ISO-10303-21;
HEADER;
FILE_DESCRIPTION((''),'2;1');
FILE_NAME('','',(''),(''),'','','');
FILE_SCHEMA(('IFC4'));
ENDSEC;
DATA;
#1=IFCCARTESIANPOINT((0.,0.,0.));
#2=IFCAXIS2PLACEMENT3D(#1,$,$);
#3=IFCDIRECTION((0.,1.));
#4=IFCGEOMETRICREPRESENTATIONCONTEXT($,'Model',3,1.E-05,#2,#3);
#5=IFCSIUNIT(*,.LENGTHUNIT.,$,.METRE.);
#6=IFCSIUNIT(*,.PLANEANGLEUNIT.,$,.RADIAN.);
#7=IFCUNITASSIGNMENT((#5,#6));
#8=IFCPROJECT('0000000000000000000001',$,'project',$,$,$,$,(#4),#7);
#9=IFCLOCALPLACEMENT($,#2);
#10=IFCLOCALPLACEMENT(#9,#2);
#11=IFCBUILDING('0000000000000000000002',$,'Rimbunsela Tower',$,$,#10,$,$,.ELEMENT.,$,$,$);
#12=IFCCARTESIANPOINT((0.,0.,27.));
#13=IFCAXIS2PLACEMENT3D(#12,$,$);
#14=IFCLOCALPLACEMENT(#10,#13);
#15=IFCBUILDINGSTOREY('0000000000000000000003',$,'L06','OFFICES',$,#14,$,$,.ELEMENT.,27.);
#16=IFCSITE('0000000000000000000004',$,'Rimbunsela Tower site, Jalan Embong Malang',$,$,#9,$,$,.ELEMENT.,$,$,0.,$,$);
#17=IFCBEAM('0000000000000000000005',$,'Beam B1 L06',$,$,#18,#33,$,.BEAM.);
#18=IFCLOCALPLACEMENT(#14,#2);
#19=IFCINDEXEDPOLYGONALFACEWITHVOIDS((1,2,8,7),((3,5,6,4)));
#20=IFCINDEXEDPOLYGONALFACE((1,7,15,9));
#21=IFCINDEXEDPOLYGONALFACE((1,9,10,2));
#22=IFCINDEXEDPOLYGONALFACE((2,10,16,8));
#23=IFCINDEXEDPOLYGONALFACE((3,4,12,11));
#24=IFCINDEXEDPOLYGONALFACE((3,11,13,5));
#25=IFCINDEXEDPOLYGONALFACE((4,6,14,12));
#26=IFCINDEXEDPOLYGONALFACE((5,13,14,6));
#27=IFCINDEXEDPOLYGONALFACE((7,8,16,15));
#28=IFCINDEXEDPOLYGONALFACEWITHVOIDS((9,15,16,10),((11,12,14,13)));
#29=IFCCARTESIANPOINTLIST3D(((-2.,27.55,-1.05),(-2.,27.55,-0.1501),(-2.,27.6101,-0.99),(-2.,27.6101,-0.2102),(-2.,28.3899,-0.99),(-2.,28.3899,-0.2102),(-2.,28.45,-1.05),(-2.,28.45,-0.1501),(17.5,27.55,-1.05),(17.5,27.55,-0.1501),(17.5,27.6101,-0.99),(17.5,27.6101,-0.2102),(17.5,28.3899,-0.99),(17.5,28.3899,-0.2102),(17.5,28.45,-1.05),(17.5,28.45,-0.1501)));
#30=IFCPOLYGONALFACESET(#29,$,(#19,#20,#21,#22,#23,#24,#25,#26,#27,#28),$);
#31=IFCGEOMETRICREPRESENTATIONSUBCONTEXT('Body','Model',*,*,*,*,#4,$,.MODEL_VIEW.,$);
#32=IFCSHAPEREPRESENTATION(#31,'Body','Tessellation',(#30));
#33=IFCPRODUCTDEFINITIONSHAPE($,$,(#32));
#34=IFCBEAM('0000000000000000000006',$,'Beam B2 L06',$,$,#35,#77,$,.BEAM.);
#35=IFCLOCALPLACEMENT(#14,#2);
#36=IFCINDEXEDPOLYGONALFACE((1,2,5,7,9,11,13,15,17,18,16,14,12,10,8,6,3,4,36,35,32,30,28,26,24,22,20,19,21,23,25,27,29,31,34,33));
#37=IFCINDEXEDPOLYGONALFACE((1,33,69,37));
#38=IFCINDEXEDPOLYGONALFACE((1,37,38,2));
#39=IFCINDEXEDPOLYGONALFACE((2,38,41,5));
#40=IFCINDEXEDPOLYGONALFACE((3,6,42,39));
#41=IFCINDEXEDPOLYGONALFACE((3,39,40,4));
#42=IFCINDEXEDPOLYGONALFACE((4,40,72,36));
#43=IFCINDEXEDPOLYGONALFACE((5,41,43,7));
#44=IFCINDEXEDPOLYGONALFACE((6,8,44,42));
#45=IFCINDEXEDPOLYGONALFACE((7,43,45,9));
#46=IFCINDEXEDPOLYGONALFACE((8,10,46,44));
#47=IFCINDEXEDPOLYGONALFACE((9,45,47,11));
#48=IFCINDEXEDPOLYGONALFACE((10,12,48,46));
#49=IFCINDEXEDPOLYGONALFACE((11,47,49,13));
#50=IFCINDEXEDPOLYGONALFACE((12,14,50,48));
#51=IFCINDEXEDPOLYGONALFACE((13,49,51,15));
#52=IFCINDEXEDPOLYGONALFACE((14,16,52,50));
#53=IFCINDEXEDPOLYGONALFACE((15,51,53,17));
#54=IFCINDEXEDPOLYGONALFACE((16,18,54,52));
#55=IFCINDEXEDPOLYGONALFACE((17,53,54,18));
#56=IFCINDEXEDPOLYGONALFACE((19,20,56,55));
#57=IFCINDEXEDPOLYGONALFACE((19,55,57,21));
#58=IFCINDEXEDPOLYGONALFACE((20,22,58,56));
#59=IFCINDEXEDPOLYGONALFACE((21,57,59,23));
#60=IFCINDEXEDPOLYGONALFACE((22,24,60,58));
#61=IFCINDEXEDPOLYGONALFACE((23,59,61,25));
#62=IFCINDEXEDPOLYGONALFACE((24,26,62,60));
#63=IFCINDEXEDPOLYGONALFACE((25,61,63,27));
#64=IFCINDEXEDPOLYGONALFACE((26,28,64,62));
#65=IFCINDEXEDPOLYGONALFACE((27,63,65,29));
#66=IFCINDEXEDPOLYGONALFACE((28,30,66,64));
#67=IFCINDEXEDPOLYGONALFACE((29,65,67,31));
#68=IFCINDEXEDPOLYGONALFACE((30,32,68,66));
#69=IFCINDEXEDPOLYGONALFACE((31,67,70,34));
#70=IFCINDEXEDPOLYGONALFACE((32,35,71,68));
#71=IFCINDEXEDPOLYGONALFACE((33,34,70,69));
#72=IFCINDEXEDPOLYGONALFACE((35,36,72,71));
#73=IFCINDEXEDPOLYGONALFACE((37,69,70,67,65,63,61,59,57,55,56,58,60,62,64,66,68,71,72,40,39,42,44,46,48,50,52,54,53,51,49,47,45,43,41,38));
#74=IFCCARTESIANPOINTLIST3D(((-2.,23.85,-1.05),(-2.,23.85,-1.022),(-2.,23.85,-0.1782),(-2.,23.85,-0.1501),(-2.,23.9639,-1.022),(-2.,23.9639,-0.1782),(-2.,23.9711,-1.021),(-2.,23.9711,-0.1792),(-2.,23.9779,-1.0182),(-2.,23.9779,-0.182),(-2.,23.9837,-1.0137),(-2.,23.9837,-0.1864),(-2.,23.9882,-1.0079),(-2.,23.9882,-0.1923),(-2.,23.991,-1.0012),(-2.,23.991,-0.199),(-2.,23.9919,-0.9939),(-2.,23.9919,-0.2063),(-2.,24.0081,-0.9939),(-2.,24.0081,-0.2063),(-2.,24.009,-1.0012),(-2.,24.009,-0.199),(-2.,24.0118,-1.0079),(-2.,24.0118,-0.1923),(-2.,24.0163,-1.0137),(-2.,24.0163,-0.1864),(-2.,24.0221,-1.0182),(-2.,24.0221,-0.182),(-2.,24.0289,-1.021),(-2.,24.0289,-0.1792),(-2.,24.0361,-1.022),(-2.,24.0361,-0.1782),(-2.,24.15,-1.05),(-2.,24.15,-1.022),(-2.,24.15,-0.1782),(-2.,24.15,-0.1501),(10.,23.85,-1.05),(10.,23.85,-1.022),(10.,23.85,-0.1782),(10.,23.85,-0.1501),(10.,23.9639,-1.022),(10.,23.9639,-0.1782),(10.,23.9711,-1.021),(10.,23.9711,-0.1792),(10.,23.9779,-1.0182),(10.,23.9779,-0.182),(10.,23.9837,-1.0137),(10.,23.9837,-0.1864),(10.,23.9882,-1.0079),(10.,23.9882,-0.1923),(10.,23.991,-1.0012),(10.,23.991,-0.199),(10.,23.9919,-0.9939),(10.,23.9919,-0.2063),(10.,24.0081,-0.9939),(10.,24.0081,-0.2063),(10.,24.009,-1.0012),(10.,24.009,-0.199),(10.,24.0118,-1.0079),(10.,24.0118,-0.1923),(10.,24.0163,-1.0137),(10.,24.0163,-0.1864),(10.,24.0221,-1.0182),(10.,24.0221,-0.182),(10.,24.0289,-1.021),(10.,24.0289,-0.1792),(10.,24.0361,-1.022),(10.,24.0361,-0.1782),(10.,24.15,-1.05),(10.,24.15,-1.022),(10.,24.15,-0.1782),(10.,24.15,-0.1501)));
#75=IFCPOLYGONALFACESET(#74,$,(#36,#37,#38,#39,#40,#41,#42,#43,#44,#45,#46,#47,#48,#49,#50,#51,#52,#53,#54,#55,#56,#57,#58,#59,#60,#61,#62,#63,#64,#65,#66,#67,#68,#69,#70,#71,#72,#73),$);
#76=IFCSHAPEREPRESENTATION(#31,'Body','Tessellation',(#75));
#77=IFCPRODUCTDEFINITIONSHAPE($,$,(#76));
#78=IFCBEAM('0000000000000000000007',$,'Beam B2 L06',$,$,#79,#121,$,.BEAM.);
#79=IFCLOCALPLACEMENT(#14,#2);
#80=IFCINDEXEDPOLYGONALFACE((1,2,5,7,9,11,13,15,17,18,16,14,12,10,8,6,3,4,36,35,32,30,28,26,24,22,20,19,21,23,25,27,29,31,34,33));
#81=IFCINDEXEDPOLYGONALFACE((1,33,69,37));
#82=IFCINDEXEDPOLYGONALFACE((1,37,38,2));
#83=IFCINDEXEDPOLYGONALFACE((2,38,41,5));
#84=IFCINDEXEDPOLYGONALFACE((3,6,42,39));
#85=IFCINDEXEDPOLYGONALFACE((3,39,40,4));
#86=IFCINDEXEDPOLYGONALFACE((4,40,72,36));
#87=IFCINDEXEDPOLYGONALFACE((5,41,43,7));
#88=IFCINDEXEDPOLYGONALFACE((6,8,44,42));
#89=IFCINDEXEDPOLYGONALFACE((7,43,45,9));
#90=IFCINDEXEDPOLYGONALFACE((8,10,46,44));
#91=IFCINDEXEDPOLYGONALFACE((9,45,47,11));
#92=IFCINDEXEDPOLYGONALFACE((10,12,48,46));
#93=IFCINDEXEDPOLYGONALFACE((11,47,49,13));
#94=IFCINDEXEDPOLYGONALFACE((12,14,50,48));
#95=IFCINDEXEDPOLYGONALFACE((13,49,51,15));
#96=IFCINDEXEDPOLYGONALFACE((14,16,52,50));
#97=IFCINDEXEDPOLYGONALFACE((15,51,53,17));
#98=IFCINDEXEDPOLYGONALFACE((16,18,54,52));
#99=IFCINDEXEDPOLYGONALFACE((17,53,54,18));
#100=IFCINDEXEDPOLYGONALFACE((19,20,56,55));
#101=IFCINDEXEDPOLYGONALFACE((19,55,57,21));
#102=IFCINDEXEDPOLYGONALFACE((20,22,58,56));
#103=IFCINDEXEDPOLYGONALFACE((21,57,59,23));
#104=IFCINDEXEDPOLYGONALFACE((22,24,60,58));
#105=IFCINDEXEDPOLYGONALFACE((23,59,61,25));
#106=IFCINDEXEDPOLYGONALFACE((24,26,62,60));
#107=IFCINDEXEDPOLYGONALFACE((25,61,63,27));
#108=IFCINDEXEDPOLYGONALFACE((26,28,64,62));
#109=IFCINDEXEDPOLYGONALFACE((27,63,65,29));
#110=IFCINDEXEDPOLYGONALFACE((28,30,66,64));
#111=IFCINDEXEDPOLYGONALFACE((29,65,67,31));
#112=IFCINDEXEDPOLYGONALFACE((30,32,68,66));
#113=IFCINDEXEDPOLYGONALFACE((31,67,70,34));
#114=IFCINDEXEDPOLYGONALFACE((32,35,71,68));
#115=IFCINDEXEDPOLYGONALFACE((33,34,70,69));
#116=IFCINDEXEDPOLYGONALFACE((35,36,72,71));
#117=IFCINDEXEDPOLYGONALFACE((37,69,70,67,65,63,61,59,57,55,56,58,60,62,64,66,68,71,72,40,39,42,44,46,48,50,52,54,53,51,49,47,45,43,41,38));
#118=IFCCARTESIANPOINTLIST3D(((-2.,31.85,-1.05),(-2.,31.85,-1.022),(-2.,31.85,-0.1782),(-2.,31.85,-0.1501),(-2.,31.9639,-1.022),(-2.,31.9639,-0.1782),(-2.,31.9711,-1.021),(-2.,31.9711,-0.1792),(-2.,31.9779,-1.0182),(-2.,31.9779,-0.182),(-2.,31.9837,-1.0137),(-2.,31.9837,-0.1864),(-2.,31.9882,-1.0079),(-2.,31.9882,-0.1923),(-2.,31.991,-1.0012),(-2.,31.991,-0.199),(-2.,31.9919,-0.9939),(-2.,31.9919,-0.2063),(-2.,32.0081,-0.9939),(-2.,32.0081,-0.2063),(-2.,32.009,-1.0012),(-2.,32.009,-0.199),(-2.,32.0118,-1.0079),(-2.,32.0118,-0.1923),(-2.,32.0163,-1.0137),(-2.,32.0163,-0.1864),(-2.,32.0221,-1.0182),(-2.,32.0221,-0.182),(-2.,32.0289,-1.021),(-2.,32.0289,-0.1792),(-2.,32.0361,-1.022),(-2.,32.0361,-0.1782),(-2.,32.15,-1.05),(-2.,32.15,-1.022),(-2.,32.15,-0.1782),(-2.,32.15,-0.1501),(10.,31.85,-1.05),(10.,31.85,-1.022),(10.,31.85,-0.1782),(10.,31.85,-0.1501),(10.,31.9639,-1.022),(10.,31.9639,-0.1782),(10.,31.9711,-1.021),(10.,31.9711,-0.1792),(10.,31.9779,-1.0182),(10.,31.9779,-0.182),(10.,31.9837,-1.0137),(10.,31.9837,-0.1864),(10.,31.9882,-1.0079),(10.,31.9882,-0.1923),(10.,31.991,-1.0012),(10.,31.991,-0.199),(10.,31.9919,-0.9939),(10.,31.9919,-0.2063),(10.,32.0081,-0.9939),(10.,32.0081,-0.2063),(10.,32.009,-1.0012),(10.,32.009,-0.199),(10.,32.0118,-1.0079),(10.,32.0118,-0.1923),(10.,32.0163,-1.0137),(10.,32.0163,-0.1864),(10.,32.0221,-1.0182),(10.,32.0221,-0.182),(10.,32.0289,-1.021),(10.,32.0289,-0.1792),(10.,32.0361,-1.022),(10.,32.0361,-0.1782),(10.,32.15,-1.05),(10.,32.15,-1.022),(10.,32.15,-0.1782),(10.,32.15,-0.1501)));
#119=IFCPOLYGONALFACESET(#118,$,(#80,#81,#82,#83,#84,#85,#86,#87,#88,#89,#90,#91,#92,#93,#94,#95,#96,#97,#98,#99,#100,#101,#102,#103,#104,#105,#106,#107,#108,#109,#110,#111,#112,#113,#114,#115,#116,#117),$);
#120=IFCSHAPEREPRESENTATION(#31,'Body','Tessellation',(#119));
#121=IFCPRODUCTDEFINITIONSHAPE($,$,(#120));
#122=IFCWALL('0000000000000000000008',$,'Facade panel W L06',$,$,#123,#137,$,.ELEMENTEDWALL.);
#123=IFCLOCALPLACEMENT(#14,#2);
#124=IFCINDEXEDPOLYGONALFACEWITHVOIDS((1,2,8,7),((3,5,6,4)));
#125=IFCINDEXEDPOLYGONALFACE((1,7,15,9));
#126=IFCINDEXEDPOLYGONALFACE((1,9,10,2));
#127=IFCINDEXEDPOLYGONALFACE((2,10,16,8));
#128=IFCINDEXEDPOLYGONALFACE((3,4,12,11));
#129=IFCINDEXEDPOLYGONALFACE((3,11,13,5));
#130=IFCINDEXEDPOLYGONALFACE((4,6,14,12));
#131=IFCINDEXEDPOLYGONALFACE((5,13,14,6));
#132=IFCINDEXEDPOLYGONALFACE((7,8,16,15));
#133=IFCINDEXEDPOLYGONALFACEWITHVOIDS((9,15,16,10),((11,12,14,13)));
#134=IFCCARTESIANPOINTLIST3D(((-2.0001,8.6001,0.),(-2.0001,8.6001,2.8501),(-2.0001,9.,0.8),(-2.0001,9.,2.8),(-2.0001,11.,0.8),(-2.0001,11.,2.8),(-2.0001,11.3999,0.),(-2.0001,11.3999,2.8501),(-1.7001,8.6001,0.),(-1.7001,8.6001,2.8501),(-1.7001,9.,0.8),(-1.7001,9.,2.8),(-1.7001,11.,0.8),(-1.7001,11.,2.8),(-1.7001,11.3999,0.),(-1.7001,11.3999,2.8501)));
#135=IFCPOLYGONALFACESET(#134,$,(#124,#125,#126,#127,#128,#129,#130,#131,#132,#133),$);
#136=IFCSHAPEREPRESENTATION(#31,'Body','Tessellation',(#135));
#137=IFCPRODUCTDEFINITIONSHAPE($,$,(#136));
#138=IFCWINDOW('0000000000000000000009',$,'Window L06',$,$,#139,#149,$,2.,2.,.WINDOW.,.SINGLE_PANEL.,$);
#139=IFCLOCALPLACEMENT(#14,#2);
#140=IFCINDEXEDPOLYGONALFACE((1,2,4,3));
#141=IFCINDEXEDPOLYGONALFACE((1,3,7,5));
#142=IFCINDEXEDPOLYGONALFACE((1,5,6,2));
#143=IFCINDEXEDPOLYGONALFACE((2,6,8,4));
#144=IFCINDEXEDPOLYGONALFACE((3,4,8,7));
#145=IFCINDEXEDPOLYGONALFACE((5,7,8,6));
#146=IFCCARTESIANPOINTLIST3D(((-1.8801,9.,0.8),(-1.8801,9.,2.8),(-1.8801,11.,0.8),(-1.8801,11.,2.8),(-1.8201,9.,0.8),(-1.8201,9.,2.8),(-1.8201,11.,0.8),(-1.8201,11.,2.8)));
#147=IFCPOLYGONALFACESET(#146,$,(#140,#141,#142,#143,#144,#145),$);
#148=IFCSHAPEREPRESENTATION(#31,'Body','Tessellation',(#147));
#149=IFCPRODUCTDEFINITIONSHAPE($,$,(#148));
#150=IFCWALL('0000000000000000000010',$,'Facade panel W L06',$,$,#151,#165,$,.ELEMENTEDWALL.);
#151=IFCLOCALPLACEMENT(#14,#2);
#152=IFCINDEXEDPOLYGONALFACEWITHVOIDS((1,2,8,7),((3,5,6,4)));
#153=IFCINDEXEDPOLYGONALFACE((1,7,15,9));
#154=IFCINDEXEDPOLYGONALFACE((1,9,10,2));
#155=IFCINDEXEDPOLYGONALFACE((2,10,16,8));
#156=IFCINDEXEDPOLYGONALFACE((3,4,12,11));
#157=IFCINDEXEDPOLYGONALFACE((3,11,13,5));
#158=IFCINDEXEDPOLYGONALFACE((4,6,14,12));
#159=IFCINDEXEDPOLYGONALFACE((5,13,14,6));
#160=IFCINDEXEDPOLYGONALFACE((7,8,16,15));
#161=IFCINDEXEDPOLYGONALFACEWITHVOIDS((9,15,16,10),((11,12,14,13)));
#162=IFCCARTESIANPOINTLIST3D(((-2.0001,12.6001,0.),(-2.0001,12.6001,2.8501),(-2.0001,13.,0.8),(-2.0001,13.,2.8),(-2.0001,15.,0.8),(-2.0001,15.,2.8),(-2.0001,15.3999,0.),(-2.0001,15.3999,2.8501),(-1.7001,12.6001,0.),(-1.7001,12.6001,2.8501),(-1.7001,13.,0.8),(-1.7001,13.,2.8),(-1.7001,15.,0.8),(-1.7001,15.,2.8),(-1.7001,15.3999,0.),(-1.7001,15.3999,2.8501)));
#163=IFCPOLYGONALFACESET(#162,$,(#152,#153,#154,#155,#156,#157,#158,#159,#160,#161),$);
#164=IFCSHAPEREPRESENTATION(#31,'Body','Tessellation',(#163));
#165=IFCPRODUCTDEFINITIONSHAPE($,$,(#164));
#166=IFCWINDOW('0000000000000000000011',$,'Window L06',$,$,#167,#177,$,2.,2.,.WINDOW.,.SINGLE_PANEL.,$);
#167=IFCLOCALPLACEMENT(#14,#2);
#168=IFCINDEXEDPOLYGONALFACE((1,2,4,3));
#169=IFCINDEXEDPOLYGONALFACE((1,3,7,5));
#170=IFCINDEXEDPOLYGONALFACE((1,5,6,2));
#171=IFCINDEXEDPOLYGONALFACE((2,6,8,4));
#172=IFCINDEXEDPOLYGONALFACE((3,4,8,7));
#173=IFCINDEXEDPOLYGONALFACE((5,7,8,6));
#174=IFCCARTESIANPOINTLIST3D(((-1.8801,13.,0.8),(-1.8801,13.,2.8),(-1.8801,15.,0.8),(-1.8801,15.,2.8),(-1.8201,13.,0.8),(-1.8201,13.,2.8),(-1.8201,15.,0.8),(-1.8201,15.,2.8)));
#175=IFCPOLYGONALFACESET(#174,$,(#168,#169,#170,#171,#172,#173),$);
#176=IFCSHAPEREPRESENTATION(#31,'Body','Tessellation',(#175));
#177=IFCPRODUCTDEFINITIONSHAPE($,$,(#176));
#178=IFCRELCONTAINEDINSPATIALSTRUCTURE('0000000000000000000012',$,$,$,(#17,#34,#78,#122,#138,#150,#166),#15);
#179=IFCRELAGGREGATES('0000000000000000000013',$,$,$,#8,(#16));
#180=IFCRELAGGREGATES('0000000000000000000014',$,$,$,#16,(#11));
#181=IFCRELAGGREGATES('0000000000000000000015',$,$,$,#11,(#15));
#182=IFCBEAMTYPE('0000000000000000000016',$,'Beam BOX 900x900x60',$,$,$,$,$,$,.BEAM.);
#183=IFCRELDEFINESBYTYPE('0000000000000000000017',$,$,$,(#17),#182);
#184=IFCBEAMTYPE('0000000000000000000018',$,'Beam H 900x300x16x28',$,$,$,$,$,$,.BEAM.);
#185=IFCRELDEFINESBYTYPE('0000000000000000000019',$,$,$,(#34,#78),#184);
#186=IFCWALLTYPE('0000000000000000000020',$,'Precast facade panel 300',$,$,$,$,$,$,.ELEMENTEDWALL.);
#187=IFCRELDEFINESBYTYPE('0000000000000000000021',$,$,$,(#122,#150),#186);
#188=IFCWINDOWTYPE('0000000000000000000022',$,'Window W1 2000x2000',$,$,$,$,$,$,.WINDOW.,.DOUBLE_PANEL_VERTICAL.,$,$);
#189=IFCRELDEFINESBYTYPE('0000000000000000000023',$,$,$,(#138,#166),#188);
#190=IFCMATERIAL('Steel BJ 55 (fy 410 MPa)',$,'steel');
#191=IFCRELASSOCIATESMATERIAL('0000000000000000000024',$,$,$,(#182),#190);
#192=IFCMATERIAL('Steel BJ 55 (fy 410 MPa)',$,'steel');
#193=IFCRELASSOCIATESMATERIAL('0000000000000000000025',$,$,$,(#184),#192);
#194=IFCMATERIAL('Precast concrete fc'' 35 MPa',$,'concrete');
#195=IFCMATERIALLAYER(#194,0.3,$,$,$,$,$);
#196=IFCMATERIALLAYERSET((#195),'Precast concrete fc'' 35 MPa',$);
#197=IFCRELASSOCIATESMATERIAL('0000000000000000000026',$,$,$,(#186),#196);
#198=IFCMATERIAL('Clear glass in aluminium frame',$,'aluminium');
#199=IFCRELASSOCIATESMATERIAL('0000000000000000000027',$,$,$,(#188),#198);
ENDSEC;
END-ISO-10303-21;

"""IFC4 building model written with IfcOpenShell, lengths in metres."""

from ifc_helpers import new_model, si_unit, direction, frame, frame_2d, origin, origin_2d, place, context, subcontext, project, spatial, rectangle, hollow_rectangle, i_section, extrude, material, layer, layer_set, material_profile, profile_set, type_object, element, fill, save


model = new_model("IFC4")

# Units and contexts
model_context = context("Model", 3, precision=1e-05, world=origin(), true_north=direction((0.0, 1.0)))
body_context = subcontext(model_context, "Body", "Model", "MODEL_VIEW")
ifc_project = project(units=[si_unit("LENGTHUNIT", "METRE"), si_unit("PLANEANGLEUNIT", "RADIAN")], contexts=[model_context])

# Site, building, storey
site_placement = place(None, origin())
site = spatial("IfcSite", under=ifc_project, at=site_placement, Name="Rimbunsela Tower site, Jalan Embong Malang", CompositionType="ELEMENT", RefElevation=0.0)
building_placement = place(site_placement, origin())
building = spatial("IfcBuilding", under=site, at=building_placement, Name="Rimbunsela Tower", CompositionType="ELEMENT")
storey_placement = place(building_placement, frame((0.0, 0.0, 27.0)))
storey = spatial("IfcBuildingStorey", under=building, at=storey_placement, Name="L06", Description="OFFICES", CompositionType="ELEMENT", Elevation=27.0)

# Beams
ifc_material_1 = material(Name="Steel BJ 55 (fy 410 MPa)", Category="steel")
ifc_material_profile_1 = material_profile(ifc_material_1, hollow_rectangle(XDim=0.8999, YDim=0.8999, WallThickness=0.0601, at=origin_2d()), Name="BOX 900x900x60")
ifc_profile_set_1 = profile_set([ifc_material_profile_1], Name="Steel BJ 55 (fy 410 MPa)")
beam_type_1 = type_object("IfcBeamType", Name="Beam BOX 900x900x60", PredefinedType="BEAM", material=ifc_profile_set_1)
beam_1_placement = place(storey_placement, frame((-2.0, 28.0, -0.6001), z_axis=(1.0, 0.0, 0.0), x_axis=(0.0, 1.0, 0.0)))
element("IfcBeam", 1, at=beam_1_placement, inside=storey, type_object=beam_type_1, Name="Beam B1 L06", PredefinedType="BEAM", context=body_context, shape_type="SweptSolid", body=[
    extrude(hollow_rectangle(XDim=0.8999, YDim=0.8999, WallThickness=0.0601, at=origin_2d()), origin(), (0.0, 0.0, 1.0), 19.5),
])
ifc_material_2 = material(Name="Steel BJ 55 (fy 410 MPa)", Category="steel")
ifc_material_profile_2 = material_profile(ifc_material_2, i_section(OverallWidth=0.3, OverallDepth=0.8999, WebThickness=0.0161, FlangeThickness=0.0281, FilletRadius=0.0281, at=origin_2d()), Name="H 900x300x16x28")
ifc_profile_set_2 = profile_set([ifc_material_profile_2], Name="Steel BJ 55 (fy 410 MPa)")
beam_type_2 = type_object("IfcBeamType", Name="Beam H 900x300x16x28", PredefinedType="BEAM", material=ifc_profile_set_2)
for number, where, z_axis, x_axis, name in (
    (2, (-2.0, 24.0, -0.6001), (1.0, 0.0, 0.0), (0.0, 1.0, 0.0), "Beam B2 L06"),
    (3, (-2.0, 32.0, -0.6001), (1.0, 0.0, 0.0), (0.0, 1.0, 0.0), "Beam B2 L06"),
):
    element("IfcBeam", number, at=place(storey_placement, frame(where, z_axis=z_axis, x_axis=x_axis)), inside=storey, type_object=beam_type_2, Name=name, PredefinedType="BEAM", context=body_context, shape_type="SweptSolid", body=[
        extrude(i_section(OverallWidth=0.3, OverallDepth=0.8999, WebThickness=0.0161, FlangeThickness=0.0281, FilletRadius=0.0281, at=origin_2d()), origin(), (0.0, 0.0, 1.0), 12.0),
    ])

# Walls, openings, windows
ifc_material_3 = material(Name="Precast concrete fc' 35 MPa", Category="concrete")
ifc_layer_1 = layer(ifc_material_3, 0.3)
ifc_layer_set_1 = layer_set([ifc_layer_1], Name="Precast concrete fc' 35 MPa")
wall_type = type_object("IfcWallType", Name="Precast facade panel 300", PredefinedType="ELEMENTEDWALL", material=ifc_layer_set_1)
wall_1_placement = place(storey_placement, frame((-1.8501, 11.3999, 0.0), z_axis=(0.0, 0.0, 1.0), x_axis=(0.0, -1.0, 0.0)))
wall_1 = element("IfcWall", 4, at=wall_1_placement, inside=storey, type_object=wall_type, Name="Facade panel W L06", PredefinedType="ELEMENTEDWALL", context=body_context, shape_type="SweptSolid", body=[
    extrude(rectangle(XDim=2.7998, YDim=0.3, at=frame_2d((1.3999, 0.0))), origin(), (0.0, 0.0, 1.0), 2.8501),
])
opening_1_placement = place(wall_1_placement, frame((0.3999, 0.0, 0.8)))
opening_1 = element("IfcOpeningElement", 5, at=opening_1_placement, cuts=wall_1, PredefinedType="OPENING", context=body_context, shape_type="SweptSolid", body=[
    extrude(rectangle(XDim=2.0, YDim=2.0, at=frame_2d((1.0, 1.0))), frame((0.0, 0.1599, 0.0), z_axis=(0.0, -1.0, 0.0), x_axis=(1.0, 0.0, 0.0)), (0.0, 0.0, 1.0), 0.3201),
])
ifc_material_4 = material(Name="Clear glass in aluminium frame", Category="aluminium")
window_type = type_object("IfcWindowType", Name="Window W1 2000x2000", PartitioningType="DOUBLE_PANEL_VERTICAL", PredefinedType="WINDOW", material=ifc_material_4)
window_1_placement = place(opening_1_placement, origin())
window_1 = element("IfcWindow", 6, at=window_1_placement, inside=storey, type_object=window_type, Name="Window L06", OverallHeight=2.0, OverallWidth=2.0, PartitioningType="SINGLE_PANEL", PredefinedType="WINDOW", context=body_context, shape_type="SweptSolid", body=[
    extrude(rectangle(XDim=2.0, YDim=2.0, at=frame_2d((1.0, 1.0))), frame((0.0, 0.03, 0.0), z_axis=(0.0, -1.0, 0.0), x_axis=(1.0, 0.0, 0.0)), (0.0, 0.0, 1.0), 0.0601),
])
fill(opening_1, window_1)
wall_2_placement = place(storey_placement, frame((-1.8501, 15.3999, 0.0), z_axis=(0.0, 0.0, 1.0), x_axis=(0.0, -1.0, 0.0)))
wall_2 = element("IfcWall", 7, at=wall_2_placement, inside=storey, type_object=wall_type, Name="Facade panel W L06", PredefinedType="ELEMENTEDWALL", context=body_context, shape_type="SweptSolid", body=[
    extrude(rectangle(XDim=2.7998, YDim=0.3, at=frame_2d((1.3999, 0.0))), origin(), (0.0, 0.0, 1.0), 2.8501),
])
opening_2_placement = place(wall_2_placement, frame((0.3999, 0.0, 0.8)))
opening_2 = element("IfcOpeningElement", 8, at=opening_2_placement, cuts=wall_2, PredefinedType="OPENING", context=body_context, shape_type="SweptSolid", body=[
    extrude(rectangle(XDim=2.0, YDim=2.0, at=frame_2d((1.0, 1.0))), frame((0.0, 0.1599, 0.0), z_axis=(0.0, -1.0, 0.0), x_axis=(1.0, 0.0, 0.0)), (0.0, 0.0, 1.0), 0.3201),
])
window_2_placement = place(opening_2_placement, origin())
window_2 = element("IfcWindow", 9, at=window_2_placement, inside=storey, type_object=window_type, Name="Window L06", OverallHeight=2.0, OverallWidth=2.0, PartitioningType="SINGLE_PANEL", PredefinedType="WINDOW", context=body_context, shape_type="SweptSolid", body=[
    extrude(rectangle(XDim=2.0, YDim=2.0, at=frame_2d((1.0, 1.0))), frame((0.0, 0.03, 0.0), z_axis=(0.0, -1.0, 0.0), x_axis=(1.0, 0.0, 0.0)), (0.0, 0.0, 1.0), 0.0601),
])
fill(opening_2, window_2)

save(model, "model.ifc")
